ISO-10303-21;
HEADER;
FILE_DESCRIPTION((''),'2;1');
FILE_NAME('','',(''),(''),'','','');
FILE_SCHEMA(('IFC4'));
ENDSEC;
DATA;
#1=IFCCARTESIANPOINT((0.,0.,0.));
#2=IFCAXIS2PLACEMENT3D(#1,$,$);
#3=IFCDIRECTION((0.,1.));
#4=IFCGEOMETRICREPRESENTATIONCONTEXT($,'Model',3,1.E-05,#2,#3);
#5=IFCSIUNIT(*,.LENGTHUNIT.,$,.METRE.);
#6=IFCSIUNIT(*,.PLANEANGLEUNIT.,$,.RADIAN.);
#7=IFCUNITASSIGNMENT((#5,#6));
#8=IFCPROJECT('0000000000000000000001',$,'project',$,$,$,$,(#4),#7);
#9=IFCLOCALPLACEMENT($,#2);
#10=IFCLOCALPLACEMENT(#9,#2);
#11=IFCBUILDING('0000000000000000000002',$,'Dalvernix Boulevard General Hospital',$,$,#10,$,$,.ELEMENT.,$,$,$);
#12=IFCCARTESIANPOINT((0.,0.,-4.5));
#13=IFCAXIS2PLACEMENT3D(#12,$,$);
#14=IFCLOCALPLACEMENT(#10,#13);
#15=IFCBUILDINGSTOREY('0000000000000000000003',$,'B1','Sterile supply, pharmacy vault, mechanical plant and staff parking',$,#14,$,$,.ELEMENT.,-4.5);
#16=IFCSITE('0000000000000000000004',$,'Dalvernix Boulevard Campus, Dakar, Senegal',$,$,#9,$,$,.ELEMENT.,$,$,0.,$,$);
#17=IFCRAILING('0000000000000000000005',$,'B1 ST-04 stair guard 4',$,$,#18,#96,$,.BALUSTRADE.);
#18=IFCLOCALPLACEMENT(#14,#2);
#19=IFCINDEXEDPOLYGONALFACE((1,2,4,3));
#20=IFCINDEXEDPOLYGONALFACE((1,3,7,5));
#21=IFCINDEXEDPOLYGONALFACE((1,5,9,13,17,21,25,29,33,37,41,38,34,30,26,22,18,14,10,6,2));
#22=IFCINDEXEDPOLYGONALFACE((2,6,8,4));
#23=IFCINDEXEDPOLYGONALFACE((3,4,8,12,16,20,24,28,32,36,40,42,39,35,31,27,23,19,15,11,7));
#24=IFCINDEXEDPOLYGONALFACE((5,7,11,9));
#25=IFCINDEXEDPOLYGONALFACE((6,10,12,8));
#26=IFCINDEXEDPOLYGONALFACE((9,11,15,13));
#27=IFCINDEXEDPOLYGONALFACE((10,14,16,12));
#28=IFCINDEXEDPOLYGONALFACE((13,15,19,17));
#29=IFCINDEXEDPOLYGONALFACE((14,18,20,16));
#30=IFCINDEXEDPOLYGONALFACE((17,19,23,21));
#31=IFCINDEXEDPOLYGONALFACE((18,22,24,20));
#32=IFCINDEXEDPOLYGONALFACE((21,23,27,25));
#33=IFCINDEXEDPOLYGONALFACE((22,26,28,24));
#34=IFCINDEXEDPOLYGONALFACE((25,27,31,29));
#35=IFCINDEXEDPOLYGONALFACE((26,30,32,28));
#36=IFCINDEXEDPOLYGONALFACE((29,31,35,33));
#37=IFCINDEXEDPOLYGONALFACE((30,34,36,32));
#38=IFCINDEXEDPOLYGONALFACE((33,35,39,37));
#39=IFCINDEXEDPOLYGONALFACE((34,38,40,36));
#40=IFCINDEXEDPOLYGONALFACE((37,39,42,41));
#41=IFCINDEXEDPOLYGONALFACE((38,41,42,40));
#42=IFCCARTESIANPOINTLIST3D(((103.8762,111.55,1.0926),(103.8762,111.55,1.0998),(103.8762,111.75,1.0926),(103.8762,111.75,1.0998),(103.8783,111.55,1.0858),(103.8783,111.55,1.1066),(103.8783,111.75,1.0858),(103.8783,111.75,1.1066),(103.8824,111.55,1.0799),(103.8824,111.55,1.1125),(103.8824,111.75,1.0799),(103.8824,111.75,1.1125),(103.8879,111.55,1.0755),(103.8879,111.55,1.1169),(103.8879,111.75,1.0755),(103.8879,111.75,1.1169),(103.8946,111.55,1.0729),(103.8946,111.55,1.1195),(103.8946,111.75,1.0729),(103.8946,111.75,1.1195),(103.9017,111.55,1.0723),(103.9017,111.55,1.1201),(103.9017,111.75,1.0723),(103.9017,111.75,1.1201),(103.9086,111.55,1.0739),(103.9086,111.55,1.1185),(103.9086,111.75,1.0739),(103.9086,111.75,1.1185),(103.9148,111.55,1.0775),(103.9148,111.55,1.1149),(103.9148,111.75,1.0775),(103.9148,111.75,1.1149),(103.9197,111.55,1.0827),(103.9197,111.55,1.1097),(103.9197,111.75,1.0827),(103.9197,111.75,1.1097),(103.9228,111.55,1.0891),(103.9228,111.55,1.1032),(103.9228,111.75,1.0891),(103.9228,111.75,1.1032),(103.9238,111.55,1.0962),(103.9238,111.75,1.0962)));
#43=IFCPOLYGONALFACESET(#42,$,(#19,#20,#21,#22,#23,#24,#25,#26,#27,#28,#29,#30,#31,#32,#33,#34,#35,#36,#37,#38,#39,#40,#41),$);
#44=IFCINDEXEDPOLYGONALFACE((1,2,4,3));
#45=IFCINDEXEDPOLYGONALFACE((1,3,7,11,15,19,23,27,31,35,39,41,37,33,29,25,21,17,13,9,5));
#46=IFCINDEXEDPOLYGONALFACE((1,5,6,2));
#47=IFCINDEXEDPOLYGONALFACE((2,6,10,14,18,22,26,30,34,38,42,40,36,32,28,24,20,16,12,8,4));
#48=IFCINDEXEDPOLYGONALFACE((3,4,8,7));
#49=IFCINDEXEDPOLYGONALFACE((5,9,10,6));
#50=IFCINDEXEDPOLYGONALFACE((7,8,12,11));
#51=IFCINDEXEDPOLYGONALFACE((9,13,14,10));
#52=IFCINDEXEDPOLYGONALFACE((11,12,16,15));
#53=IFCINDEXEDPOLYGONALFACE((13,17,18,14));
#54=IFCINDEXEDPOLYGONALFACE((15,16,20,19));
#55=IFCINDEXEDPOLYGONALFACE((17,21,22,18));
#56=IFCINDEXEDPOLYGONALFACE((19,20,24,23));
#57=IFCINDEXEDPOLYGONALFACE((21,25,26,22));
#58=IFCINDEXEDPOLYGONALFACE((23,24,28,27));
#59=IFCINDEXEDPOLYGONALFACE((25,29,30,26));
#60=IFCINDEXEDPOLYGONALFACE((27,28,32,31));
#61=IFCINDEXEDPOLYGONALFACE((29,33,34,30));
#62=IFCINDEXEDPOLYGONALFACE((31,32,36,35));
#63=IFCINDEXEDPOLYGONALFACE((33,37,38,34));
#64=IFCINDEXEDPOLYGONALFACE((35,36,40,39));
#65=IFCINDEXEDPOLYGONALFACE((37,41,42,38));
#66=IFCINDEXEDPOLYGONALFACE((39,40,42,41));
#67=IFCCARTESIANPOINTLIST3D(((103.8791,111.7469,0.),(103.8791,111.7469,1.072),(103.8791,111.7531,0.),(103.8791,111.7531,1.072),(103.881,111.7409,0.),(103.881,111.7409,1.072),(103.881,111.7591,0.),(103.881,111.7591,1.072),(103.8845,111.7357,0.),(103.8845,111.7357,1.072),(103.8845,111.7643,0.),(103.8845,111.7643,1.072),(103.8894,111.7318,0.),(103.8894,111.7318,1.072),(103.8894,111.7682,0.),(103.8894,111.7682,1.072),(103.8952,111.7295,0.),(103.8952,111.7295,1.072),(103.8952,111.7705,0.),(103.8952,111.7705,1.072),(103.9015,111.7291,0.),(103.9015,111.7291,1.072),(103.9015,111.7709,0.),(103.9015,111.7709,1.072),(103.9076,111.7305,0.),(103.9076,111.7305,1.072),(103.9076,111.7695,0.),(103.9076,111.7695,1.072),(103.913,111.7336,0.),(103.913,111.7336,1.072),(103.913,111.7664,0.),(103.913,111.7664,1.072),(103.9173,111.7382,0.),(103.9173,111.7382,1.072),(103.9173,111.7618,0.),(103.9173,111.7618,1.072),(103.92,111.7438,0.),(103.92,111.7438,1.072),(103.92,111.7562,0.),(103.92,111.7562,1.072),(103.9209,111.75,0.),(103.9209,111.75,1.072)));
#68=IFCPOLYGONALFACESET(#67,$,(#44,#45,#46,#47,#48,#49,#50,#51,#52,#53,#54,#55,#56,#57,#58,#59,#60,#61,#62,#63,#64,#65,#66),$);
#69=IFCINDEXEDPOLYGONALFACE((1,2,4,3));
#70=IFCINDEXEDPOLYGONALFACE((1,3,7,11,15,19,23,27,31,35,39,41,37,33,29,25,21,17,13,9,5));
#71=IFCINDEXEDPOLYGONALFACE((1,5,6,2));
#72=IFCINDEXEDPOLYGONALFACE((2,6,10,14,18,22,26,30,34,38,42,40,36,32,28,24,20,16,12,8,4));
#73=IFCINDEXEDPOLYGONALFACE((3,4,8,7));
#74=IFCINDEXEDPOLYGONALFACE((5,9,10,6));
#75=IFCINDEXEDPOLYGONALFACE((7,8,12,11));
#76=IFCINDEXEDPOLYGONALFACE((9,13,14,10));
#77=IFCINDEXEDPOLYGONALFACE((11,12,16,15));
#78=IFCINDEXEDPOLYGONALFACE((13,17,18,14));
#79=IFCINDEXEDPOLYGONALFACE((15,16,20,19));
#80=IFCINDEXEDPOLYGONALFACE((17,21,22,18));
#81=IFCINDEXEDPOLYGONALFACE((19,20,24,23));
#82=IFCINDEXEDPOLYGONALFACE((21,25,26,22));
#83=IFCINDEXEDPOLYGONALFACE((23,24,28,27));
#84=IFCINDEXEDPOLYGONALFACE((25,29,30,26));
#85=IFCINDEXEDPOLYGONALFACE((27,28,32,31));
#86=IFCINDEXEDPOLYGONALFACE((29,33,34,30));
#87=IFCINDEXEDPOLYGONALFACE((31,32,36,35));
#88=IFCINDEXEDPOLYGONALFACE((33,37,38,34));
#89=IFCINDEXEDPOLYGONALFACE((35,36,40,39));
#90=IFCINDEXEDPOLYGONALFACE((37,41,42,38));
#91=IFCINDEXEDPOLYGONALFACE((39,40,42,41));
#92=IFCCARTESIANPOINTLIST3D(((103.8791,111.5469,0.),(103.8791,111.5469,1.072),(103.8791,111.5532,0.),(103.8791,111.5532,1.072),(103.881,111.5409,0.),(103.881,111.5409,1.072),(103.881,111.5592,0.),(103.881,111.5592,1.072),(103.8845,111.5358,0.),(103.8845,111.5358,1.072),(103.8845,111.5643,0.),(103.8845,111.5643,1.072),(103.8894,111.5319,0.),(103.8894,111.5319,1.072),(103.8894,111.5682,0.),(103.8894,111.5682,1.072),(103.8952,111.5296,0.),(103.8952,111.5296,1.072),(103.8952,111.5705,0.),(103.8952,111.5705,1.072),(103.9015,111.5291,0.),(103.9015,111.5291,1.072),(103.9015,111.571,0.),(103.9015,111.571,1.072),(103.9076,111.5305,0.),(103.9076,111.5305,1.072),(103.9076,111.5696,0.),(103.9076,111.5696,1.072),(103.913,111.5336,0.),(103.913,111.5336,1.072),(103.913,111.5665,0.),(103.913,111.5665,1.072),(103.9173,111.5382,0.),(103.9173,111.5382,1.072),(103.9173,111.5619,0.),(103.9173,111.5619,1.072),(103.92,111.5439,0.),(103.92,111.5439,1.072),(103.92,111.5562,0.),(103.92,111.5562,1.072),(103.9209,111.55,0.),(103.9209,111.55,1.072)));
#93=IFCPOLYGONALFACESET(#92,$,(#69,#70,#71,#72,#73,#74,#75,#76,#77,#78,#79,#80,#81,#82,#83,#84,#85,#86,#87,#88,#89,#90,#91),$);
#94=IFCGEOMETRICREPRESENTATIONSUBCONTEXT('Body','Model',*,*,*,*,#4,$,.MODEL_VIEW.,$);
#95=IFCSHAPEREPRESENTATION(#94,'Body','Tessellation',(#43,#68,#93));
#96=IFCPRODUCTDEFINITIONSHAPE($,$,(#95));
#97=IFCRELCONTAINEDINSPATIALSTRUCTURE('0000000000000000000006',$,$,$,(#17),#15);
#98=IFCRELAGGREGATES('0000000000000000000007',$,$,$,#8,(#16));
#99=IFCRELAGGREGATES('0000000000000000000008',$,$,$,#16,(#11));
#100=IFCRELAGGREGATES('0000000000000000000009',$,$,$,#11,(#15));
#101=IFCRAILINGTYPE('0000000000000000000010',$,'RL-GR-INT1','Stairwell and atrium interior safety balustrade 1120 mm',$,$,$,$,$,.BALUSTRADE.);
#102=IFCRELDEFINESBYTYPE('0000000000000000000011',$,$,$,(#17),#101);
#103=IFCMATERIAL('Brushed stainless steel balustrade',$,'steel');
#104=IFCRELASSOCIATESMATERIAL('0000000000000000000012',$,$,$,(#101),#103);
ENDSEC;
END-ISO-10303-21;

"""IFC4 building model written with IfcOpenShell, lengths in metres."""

from ifc_helpers import new_model, si_unit, direction, frame, origin, origin_2d, place, context, subcontext, project, spatial, circle, extrude, material, type_object, element, save


model = new_model("IFC4")

# Units and contexts
model_context = context("Model", 3, precision=1e-05, world=origin(), true_north=direction((0.0, 1.0)))
body_context = subcontext(model_context, "Body", "Model", "MODEL_VIEW")
ifc_project = project(units=[si_unit("LENGTHUNIT", "METRE"), si_unit("PLANEANGLEUNIT", "RADIAN")], contexts=[model_context])

# Site, building, storey
site_placement = place(None, origin())
site = spatial("IfcSite", under=ifc_project, at=site_placement, Name="Dalvernix Boulevard Campus, Dakar, Senegal", CompositionType="ELEMENT", RefElevation=0.0)
building_placement = place(site_placement, origin())
building = spatial("IfcBuilding", under=site, at=building_placement, Name="Dalvernix Boulevard General Hospital", CompositionType="ELEMENT")
storey_placement = place(building_placement, frame((0.0, 0.0, -4.5)))
storey = spatial("IfcBuildingStorey", under=building, at=storey_placement, Name="B1", Description="Sterile supply, pharmacy vault, mechanical plant and staff parking", CompositionType="ELEMENT", Elevation=-4.5)

# Railing
ifc_material_1 = material(Name="Brushed stainless steel balustrade", Category="steel")
railing_type_1 = type_object("IfcRailingType", Name="RL-GR-INT1", Description="Stairwell and atrium interior safety balustrade 1120 mm", PredefinedType="BALUSTRADE", material=ifc_material_1)
railing_1_placement = place(storey_placement, frame((103.8999, 111.75, 0.0)))
element("IfcRailing", 1, at=railing_1_placement, inside=storey, type_object=railing_type_1, Name="B1 ST-04 stair guard 4", PredefinedType="BALUSTRADE", context=body_context, shape_type="SweptSolid", body=[
    extrude(circle(Radius=0.0239, at=origin_2d()), frame((0.0, 0.0, 1.0962), z_axis=(0.0, -1.0, 0.0), x_axis=(1.0, 0.0, 0.0)), (0.0, 0.0, 1.0), 0.2),
    extrude(circle(Radius=0.021, at=origin_2d()), origin(), (0.0, 0.0, 1.0), 1.072),
    extrude(circle(Radius=0.021, at=origin_2d()), frame((0.0, -0.2, 0.0)), (0.0, 0.0, 1.0), 1.072),
])

save(model, "model.ifc")
